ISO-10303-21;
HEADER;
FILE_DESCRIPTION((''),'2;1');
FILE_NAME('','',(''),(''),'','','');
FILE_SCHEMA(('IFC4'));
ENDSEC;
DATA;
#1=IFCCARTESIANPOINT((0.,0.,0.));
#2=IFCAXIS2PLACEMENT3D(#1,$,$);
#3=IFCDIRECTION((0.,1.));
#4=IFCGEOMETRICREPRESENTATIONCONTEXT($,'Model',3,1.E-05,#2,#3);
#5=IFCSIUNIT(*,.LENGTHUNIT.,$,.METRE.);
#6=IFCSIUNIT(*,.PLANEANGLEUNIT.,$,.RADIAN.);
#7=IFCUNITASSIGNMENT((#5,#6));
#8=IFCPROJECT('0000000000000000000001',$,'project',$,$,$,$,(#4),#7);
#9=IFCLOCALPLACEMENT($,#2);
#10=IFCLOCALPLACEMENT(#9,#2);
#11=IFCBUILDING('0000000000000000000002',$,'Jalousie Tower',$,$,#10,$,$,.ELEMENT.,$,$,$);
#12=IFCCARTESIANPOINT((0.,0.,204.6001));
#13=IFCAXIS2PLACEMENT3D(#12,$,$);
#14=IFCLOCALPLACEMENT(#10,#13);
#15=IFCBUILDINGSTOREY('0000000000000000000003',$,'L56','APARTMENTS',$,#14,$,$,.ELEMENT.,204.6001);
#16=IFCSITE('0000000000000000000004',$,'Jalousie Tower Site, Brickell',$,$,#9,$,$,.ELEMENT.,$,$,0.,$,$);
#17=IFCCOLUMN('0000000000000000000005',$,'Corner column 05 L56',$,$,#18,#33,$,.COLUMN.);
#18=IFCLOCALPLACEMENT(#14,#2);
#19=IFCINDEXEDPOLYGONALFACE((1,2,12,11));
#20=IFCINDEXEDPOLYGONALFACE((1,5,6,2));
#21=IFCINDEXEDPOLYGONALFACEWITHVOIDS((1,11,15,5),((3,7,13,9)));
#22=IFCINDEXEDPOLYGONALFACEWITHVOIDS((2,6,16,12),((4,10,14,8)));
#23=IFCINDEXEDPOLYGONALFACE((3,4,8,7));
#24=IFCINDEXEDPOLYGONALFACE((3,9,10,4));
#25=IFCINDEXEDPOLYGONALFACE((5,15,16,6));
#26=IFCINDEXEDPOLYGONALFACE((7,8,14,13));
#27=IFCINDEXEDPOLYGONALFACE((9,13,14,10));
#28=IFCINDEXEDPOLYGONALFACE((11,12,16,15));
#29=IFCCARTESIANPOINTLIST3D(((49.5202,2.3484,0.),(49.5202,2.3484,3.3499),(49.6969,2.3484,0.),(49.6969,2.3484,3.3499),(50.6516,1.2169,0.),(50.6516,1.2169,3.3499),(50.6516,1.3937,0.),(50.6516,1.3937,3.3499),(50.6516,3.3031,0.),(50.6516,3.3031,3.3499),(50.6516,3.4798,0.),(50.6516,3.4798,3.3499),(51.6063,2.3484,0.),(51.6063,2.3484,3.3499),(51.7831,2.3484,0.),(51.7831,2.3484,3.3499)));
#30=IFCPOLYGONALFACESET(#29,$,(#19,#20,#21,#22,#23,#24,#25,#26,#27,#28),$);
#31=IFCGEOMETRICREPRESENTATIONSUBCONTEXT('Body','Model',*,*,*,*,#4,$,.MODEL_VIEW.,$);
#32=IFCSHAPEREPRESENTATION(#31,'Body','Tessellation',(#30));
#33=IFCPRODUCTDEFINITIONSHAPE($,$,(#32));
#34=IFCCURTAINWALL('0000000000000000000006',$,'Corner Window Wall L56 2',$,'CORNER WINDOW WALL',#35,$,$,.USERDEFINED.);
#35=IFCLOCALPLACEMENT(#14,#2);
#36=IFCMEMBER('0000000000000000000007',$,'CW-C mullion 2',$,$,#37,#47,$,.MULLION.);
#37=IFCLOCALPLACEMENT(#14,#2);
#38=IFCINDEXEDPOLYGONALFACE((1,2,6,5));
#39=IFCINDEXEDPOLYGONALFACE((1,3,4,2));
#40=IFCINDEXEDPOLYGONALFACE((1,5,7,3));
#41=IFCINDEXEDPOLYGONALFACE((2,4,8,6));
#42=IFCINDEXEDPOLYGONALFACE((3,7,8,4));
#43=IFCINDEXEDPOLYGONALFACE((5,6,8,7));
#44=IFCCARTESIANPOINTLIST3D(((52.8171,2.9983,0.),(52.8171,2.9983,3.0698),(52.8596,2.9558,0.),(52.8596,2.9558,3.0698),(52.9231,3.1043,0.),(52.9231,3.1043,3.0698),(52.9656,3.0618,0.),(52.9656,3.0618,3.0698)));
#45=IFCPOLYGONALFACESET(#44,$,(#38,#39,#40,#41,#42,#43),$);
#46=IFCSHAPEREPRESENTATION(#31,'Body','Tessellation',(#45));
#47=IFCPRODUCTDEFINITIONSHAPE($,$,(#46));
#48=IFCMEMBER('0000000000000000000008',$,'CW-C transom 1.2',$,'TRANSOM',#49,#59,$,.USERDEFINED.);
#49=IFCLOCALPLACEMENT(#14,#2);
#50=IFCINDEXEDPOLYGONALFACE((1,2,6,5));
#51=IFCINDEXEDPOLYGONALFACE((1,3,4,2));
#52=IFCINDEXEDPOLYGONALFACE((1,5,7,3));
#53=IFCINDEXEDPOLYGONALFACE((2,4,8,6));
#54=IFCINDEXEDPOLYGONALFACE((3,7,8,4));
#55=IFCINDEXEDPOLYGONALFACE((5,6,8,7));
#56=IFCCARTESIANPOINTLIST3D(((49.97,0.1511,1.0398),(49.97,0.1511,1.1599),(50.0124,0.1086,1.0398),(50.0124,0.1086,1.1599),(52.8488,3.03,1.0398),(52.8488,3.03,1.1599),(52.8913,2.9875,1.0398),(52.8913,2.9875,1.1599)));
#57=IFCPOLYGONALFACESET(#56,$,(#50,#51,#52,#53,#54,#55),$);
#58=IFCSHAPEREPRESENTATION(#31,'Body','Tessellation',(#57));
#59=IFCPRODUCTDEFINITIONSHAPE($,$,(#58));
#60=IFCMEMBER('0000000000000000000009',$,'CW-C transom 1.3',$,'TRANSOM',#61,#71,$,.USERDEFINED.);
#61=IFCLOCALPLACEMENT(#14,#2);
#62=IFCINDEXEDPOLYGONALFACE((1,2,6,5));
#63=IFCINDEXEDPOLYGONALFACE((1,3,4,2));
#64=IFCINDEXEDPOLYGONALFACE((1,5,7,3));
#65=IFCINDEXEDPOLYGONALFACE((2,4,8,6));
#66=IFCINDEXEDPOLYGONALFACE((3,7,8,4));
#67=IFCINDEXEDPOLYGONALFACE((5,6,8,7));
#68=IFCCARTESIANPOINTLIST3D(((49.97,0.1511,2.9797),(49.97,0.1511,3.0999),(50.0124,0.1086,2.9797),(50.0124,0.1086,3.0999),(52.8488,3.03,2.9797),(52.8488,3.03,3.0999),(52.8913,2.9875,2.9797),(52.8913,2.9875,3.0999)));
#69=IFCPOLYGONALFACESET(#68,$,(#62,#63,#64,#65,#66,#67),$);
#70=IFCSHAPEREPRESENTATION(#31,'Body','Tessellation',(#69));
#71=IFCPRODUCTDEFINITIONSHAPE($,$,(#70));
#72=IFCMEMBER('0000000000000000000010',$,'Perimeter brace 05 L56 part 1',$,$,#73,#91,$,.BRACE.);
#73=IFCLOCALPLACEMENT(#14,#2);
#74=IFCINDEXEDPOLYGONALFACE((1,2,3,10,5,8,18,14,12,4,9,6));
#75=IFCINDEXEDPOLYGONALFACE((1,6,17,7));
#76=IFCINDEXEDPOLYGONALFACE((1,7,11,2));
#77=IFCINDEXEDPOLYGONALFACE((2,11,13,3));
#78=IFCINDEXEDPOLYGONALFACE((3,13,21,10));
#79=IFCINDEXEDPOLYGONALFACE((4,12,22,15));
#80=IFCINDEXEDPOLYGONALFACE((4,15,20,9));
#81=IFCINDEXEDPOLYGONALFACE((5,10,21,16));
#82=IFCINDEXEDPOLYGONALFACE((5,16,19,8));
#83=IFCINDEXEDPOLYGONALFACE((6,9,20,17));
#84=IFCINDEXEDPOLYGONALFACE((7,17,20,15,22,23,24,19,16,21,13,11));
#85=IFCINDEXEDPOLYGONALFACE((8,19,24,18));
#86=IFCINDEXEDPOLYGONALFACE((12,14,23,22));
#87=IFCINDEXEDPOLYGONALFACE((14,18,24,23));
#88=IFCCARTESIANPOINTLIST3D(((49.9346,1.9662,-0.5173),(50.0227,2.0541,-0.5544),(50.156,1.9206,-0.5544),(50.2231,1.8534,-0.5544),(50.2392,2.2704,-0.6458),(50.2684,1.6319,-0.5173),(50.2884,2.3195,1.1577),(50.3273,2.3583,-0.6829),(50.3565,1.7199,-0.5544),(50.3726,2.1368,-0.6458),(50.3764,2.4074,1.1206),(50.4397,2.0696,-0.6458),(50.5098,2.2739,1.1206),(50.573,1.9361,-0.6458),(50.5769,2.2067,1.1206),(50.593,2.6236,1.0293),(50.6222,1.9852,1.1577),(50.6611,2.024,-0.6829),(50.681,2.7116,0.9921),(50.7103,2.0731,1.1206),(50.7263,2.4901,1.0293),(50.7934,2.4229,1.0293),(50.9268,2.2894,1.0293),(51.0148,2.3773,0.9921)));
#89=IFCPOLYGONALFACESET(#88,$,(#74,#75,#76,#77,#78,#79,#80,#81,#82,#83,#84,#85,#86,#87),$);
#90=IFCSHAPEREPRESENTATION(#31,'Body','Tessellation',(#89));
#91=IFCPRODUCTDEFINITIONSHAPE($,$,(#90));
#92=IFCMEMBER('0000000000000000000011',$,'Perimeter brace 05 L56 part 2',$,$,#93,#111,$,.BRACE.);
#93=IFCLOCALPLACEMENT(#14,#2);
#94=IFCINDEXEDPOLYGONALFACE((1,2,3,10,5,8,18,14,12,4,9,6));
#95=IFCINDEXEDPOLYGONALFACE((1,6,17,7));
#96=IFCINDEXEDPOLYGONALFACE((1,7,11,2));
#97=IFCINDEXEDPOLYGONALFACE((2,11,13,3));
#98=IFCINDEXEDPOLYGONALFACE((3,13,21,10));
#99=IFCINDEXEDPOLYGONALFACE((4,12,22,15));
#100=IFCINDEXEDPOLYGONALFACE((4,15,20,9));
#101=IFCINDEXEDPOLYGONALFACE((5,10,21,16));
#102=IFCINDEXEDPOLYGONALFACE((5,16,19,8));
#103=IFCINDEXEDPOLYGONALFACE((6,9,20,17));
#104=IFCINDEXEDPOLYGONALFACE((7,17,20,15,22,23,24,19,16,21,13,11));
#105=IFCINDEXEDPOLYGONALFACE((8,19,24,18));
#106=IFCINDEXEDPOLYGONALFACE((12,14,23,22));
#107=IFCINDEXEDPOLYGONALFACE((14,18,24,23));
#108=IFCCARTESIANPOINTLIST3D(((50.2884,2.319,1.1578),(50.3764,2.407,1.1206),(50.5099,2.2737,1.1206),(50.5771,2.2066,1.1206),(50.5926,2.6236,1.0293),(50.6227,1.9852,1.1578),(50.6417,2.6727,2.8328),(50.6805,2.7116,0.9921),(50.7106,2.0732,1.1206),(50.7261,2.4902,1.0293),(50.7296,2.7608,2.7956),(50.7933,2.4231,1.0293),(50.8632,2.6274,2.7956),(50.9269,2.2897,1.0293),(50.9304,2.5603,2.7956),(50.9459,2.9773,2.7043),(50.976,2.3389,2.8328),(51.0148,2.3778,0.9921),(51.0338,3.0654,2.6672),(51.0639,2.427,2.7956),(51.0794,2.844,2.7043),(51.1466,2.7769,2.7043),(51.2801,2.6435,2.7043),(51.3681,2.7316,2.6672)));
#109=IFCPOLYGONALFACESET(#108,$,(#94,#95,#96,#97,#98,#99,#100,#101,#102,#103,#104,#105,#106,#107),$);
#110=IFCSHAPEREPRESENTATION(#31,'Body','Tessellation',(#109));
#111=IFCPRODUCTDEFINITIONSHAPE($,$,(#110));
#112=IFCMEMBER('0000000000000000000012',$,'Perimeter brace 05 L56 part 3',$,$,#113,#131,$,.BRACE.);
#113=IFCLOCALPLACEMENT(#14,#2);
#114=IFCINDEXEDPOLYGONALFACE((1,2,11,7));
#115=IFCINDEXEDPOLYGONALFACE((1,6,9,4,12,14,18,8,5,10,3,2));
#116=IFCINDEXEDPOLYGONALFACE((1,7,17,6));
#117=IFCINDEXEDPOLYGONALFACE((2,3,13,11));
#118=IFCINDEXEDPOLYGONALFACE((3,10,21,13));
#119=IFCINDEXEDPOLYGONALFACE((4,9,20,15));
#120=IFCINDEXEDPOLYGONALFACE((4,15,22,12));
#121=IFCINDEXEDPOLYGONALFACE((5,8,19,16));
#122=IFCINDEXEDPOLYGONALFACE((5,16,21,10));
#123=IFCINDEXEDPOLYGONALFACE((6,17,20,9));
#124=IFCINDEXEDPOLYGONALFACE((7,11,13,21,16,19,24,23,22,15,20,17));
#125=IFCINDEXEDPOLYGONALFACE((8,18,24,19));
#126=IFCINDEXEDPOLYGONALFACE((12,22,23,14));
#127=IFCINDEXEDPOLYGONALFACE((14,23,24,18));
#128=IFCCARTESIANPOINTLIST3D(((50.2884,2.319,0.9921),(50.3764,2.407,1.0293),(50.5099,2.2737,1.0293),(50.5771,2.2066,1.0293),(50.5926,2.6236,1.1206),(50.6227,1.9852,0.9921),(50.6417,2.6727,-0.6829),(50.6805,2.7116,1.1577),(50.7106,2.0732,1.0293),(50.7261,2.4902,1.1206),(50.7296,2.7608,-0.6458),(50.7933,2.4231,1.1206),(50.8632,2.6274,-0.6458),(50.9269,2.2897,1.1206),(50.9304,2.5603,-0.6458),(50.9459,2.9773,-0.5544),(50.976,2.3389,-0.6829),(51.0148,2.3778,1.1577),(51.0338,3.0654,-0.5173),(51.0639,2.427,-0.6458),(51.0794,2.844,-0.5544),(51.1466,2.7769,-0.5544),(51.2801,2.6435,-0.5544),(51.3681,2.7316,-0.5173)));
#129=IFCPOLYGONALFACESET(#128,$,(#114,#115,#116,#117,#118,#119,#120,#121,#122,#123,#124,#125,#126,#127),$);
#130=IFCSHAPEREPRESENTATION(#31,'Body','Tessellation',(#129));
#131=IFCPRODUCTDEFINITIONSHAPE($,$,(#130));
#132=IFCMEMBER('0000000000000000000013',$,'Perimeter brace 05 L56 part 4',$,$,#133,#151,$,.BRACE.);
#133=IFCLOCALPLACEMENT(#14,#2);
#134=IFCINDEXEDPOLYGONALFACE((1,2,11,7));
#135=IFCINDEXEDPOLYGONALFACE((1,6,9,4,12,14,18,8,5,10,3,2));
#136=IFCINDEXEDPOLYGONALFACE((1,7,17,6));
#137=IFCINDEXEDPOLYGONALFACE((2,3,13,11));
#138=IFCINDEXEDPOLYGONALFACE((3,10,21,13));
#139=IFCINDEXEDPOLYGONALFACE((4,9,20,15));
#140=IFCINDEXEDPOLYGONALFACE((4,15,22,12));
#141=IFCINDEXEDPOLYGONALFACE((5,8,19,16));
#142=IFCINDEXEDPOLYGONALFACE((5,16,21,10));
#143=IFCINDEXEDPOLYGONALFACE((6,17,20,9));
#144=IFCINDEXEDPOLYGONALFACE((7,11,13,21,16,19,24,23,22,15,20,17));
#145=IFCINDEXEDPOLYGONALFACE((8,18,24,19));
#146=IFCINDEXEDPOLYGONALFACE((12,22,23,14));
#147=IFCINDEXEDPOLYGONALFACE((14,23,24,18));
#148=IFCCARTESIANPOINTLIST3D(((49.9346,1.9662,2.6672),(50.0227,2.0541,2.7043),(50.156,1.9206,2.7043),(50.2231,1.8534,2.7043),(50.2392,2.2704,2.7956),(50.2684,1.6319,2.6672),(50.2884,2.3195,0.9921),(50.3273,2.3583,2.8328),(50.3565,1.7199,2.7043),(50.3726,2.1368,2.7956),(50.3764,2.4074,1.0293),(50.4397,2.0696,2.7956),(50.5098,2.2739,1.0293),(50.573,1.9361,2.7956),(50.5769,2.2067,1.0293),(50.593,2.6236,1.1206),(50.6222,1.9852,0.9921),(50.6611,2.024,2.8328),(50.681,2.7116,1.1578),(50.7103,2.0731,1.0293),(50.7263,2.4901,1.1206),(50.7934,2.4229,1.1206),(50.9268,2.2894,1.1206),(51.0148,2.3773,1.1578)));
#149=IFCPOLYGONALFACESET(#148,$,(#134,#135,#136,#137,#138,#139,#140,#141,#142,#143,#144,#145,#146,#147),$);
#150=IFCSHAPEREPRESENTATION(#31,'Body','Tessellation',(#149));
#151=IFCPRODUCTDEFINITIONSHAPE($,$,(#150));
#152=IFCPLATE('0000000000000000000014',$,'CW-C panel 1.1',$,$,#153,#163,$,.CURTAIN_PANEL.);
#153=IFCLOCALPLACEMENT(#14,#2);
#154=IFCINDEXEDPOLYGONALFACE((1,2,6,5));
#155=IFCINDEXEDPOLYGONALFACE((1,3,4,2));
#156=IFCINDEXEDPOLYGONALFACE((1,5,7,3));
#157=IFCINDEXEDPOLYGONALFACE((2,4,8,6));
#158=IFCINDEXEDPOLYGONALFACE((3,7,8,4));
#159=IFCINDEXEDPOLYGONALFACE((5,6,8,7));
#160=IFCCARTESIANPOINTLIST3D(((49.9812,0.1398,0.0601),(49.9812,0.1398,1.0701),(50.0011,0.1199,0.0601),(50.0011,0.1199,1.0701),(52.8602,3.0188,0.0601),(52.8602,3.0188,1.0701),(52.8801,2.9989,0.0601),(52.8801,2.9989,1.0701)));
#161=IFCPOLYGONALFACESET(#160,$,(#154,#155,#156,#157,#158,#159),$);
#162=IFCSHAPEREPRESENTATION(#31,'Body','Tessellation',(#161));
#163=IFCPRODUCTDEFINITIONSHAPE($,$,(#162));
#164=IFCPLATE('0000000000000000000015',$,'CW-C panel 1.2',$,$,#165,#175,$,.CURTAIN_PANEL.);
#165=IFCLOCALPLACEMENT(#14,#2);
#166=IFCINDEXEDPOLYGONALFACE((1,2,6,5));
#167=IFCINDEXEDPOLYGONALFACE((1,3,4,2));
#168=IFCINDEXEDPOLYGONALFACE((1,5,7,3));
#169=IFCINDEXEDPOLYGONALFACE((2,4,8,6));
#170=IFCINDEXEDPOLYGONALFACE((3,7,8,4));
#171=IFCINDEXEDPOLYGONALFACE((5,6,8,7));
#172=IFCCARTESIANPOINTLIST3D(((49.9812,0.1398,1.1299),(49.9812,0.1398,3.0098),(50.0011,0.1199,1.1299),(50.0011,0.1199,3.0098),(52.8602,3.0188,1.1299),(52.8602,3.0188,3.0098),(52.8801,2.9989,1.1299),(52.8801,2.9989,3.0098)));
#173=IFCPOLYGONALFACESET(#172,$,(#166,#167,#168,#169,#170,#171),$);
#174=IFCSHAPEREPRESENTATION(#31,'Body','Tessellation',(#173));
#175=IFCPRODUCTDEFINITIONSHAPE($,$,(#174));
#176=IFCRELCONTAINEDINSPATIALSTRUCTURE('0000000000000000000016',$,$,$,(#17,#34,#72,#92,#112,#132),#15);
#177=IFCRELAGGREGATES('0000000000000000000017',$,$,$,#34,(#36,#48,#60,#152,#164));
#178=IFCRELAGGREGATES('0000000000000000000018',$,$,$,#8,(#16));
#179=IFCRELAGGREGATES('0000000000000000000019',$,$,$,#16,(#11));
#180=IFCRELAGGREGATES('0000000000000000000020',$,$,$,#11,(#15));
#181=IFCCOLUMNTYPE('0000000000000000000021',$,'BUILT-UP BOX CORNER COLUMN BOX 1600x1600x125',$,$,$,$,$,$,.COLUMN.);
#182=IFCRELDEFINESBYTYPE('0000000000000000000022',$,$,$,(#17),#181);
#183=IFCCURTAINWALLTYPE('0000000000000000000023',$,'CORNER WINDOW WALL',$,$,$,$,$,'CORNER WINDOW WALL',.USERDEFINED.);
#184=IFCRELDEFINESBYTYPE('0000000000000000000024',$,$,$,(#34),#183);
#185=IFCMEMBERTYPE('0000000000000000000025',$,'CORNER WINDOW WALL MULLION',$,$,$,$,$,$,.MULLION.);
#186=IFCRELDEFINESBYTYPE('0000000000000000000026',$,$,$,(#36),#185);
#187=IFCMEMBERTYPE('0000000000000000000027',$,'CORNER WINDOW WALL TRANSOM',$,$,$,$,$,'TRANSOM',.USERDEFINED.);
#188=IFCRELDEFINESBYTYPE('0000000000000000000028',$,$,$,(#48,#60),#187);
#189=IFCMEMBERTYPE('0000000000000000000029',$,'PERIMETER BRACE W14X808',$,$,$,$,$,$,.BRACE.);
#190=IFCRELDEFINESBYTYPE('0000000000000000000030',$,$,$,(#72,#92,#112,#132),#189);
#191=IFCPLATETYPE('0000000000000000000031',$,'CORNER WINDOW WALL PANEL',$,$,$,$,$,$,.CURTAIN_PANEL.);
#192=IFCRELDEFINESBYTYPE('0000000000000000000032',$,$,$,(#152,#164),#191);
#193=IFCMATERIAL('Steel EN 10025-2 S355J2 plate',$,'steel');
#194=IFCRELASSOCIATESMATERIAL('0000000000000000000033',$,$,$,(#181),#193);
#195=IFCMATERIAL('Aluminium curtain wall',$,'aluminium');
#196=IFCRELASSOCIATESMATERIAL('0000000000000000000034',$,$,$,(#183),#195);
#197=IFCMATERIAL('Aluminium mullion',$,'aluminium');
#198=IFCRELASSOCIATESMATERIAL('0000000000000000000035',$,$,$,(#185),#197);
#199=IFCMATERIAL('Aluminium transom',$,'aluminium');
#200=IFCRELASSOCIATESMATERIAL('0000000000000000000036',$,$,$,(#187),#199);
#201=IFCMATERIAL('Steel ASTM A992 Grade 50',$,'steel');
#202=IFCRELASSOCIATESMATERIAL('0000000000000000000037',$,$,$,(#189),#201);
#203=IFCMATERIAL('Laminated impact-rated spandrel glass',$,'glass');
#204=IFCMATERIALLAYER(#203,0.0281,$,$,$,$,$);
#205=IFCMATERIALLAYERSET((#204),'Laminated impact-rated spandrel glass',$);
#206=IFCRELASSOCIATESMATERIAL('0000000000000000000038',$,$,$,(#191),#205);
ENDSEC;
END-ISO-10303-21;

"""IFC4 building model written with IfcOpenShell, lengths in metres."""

from ifc_helpers import new_model, si_unit, direction, frame, origin, origin_2d, place, context, subcontext, project, spatial, rectangle, hollow_rectangle, i_section, extrude, material, layer, layer_set, material_profile, profile_set, type_object, element, aggregate, save


model = new_model("IFC4")

# Units and contexts
model_context = context("Model", 3, precision=1e-05, world=origin(), true_north=direction((0.0, 1.0)))
body_context = subcontext(model_context, "Body", "Model", "MODEL_VIEW")
ifc_project = project(units=[si_unit("LENGTHUNIT", "METRE"), si_unit("PLANEANGLEUNIT", "RADIAN")], contexts=[model_context])

# Site, building, storey
site_placement = place(None, origin())
site = spatial("IfcSite", under=ifc_project, at=site_placement, Name="Jalousie Tower Site, Brickell", CompositionType="ELEMENT", RefElevation=0.0)
building_placement = place(site_placement, origin())
building = spatial("IfcBuilding", under=site, at=building_placement, Name="Jalousie Tower", CompositionType="ELEMENT")
storey_placement = place(building_placement, frame((0.0, 0.0, 204.6001)))
storey = spatial("IfcBuildingStorey", under=building, at=storey_placement, Name="L56", Description="APARTMENTS", CompositionType="ELEMENT", Elevation=204.6001)

# Column
ifc_material_1 = material(Name="Steel EN 10025-2 S355J2 plate", Category="steel")
ifc_material_profile_1 = material_profile(ifc_material_1, hollow_rectangle(XDim=1.6001, YDim=1.6001, WallThickness=0.125, at=origin_2d()), Name="BOX 1600x1600x125")
ifc_profile_set_1 = profile_set([ifc_material_profile_1], Name="Steel EN 10025-2 S355J2 plate")
column_type = type_object("IfcColumnType", Name="BUILT-UP BOX CORNER COLUMN BOX 1600x1600x125", PredefinedType="COLUMN", material=ifc_profile_set_1)
column_placement = place(storey_placement, frame((50.6516, 2.3484, 0.0), z_axis=(0.0, 0.0, 1.0), x_axis=(-0.707107, 0.707107, 0.0)))
element("IfcColumn", 1, at=column_placement, inside=storey, type_object=column_type, Name="Corner column 05 L56", PredefinedType="COLUMN", context=body_context, shape_type="SweptSolid", body=[
    extrude(hollow_rectangle(XDim=1.6001, YDim=1.6001, WallThickness=0.125, at=origin_2d()), origin(), (0.0, 0.0, 1.0), 3.3499),
])

# Curtain wall, members
ifc_material_2 = material(Name="Aluminium curtain wall", Category="aluminium")
curtain_wall_type = type_object("IfcCurtainWallType", Name="CORNER WINDOW WALL", ElementType="CORNER WINDOW WALL", PredefinedType="USERDEFINED", material=ifc_material_2)
curtain_wall_placement = place(storey_placement, origin())
curtain_wall = element("IfcCurtainWall", 2, at=curtain_wall_placement, inside=storey, type_object=curtain_wall_type, Name="Corner Window Wall L56 2", ObjectType="CORNER WINDOW WALL", PredefinedType="USERDEFINED")
ifc_material_3 = material(Name="Aluminium mullion", Category="aluminium")
ifc_material_profile_2 = material_profile(ifc_material_3, rectangle(XDim=0.0601, YDim=0.1499, at=origin_2d()), Name="MULLION 60x150")
ifc_profile_set_2 = profile_set([ifc_material_profile_2], Name="Aluminium mullion")
member_type_1 = type_object("IfcMemberType", Name="CORNER WINDOW WALL MULLION", PredefinedType="MULLION", material=ifc_profile_set_2)
member_1_placement = place(storey_placement, frame((52.8914, 3.03, 0.0), z_axis=(0.0, 0.0, 1.0), x_axis=(-0.707107, 0.707107, 0.0)))
member_1 = element("IfcMember", 3, at=member_1_placement, type_object=member_type_1, Name="CW-C mullion 2", PredefinedType="MULLION", context=body_context, shape_type="SweptSolid", body=[
    extrude(rectangle(XDim=0.0601, YDim=0.1499, at=origin_2d()), origin(), (0.0, 0.0, 1.0), 3.0698),
])
ifc_material_4 = material(Name="Aluminium transom", Category="aluminium")
ifc_material_profile_3 = material_profile(ifc_material_4, rectangle(XDim=0.0601, YDim=0.1201, at=origin_2d()), Name="TRANSOM 60x120")
ifc_profile_set_3 = profile_set([ifc_material_profile_3], Name="Aluminium transom")
member_type_2 = type_object("IfcMemberType", Name="CORNER WINDOW WALL TRANSOM", ElementType="TRANSOM", PredefinedType="USERDEFINED", material=ifc_profile_set_3)
member_2_placement = place(storey_placement, frame((49.9912, 0.1299, 1.0999), z_axis=(0.707107, 0.707107, 0.0), x_axis=(-0.707107, 0.707107, 0.0)))
member_2 = element("IfcMember", 4, at=member_2_placement, type_object=member_type_2, Name="CW-C transom 1.2", ObjectType="TRANSOM", PredefinedType="USERDEFINED", context=body_context, shape_type="SweptSolid", body=[
    extrude(rectangle(XDim=0.0601, YDim=0.1201, at=origin_2d()), origin(), (0.0, 0.0, 1.0), 4.0713),
])
member_3_placement = place(storey_placement, frame((49.9912, 0.1299, 3.0398), z_axis=(0.707107, 0.707107, 0.0), x_axis=(-0.707107, 0.707107, 0.0)))
member_3 = element("IfcMember", 5, at=member_3_placement, type_object=member_type_2, Name="CW-C transom 1.3", ObjectType="TRANSOM", PredefinedType="USERDEFINED", context=body_context, shape_type="SweptSolid", body=[
    extrude(rectangle(XDim=0.0601, YDim=0.1201, at=origin_2d()), origin(), (0.0, 0.0, 1.0), 4.0713),
])

# Members
ifc_material_5 = material(Name="Steel ASTM A992 Grade 50", Category="steel")
ifc_material_profile_4 = material_profile(ifc_material_5, i_section(OverallWidth=0.4724, OverallDepth=0.5791, WebThickness=0.095, FlangeThickness=0.1299, at=origin_2d()), Name="W14X808")
ifc_profile_set_4 = profile_set([ifc_material_profile_4], Name="Steel ASTM A992 Grade 50")
member_type_3 = type_object("IfcMemberType", Name="PERIMETER BRACE W14X808", PredefinedType="BRACE", material=ifc_profile_set_4)
for number, where, z_axis, x_axis, name in (
    (6, (50.2979, 1.9951, -0.6001), (0.202372, 0.202093, 0.95823), (-0.706618, 0.707595, 0.0), "Perimeter brace 05 L56 part 1"),
    (7, (50.6516, 2.3484, 1.075), (0.202093, 0.202372, 0.95823), (-0.707595, 0.706618, 0.0), "Perimeter brace 05 L56 part 2"),
    (8, (51.0049, 2.7021, -0.6001), (-0.202093, -0.202372, 0.95823), (0.707595, -0.706618, 0.0), "Perimeter brace 05 L56 part 3"),
    (9, (50.6516, 2.3484, 1.075), (-0.202372, -0.202093, 0.95823), (0.706618, -0.707595, 0.0), "Perimeter brace 05 L56 part 4"),
):
    element("IfcMember", number, at=place(storey_placement, frame(where, z_axis=z_axis, x_axis=x_axis)), inside=storey, type_object=member_type_3, Name=name, PredefinedType="BRACE", context=body_context, shape_type="SweptSolid", body=[
        extrude(i_section(OverallWidth=0.4724, OverallDepth=0.5791, WebThickness=0.095, FlangeThickness=0.1299, at=origin_2d()), origin(), (0.0, 0.0, 1.0), 1.748),
    ])

# Plates
ifc_material_6 = material(Name="Laminated impact-rated spandrel glass", Category="glass")
ifc_layer = layer(ifc_material_6, 0.0281)
ifc_layer_set = layer_set([ifc_layer], Name="Laminated impact-rated spandrel glass")
plate_type = type_object("IfcPlateType", Name="CORNER WINDOW WALL PANEL", PredefinedType="CURTAIN_PANEL", material=ifc_layer_set)
plate_1_placement = place(storey_placement, frame((51.4307, 1.5693, 0.0601), z_axis=(0.0, 0.0, 1.0), x_axis=(0.707107, 0.707107, 0.0)))
plate_1 = element("IfcPlate", 10, at=plate_1_placement, type_object=plate_type, Name="CW-C panel 1.1", PredefinedType="CURTAIN_PANEL", context=body_context, shape_type="SweptSolid", body=[
    extrude(rectangle(XDim=4.0715, YDim=0.0281, at=origin_2d()), origin(), (0.0, 0.0, 1.0), 1.01),
])
plate_2_placement = place(storey_placement, frame((51.4307, 1.5693, 1.1299), z_axis=(0.0, 0.0, 1.0), x_axis=(0.707107, 0.707107, 0.0)))
plate_2 = element("IfcPlate", 11, at=plate_2_placement, type_object=plate_type, Name="CW-C panel 1.2", PredefinedType="CURTAIN_PANEL", context=body_context, shape_type="SweptSolid", body=[
    extrude(rectangle(XDim=4.0715, YDim=0.0281, at=origin_2d()), origin(), (0.0, 0.0, 1.0), 1.8799),
])
aggregate(curtain_wall, [member_1, member_2, member_3, plate_1, plate_2])

save(model, "model.ifc")
